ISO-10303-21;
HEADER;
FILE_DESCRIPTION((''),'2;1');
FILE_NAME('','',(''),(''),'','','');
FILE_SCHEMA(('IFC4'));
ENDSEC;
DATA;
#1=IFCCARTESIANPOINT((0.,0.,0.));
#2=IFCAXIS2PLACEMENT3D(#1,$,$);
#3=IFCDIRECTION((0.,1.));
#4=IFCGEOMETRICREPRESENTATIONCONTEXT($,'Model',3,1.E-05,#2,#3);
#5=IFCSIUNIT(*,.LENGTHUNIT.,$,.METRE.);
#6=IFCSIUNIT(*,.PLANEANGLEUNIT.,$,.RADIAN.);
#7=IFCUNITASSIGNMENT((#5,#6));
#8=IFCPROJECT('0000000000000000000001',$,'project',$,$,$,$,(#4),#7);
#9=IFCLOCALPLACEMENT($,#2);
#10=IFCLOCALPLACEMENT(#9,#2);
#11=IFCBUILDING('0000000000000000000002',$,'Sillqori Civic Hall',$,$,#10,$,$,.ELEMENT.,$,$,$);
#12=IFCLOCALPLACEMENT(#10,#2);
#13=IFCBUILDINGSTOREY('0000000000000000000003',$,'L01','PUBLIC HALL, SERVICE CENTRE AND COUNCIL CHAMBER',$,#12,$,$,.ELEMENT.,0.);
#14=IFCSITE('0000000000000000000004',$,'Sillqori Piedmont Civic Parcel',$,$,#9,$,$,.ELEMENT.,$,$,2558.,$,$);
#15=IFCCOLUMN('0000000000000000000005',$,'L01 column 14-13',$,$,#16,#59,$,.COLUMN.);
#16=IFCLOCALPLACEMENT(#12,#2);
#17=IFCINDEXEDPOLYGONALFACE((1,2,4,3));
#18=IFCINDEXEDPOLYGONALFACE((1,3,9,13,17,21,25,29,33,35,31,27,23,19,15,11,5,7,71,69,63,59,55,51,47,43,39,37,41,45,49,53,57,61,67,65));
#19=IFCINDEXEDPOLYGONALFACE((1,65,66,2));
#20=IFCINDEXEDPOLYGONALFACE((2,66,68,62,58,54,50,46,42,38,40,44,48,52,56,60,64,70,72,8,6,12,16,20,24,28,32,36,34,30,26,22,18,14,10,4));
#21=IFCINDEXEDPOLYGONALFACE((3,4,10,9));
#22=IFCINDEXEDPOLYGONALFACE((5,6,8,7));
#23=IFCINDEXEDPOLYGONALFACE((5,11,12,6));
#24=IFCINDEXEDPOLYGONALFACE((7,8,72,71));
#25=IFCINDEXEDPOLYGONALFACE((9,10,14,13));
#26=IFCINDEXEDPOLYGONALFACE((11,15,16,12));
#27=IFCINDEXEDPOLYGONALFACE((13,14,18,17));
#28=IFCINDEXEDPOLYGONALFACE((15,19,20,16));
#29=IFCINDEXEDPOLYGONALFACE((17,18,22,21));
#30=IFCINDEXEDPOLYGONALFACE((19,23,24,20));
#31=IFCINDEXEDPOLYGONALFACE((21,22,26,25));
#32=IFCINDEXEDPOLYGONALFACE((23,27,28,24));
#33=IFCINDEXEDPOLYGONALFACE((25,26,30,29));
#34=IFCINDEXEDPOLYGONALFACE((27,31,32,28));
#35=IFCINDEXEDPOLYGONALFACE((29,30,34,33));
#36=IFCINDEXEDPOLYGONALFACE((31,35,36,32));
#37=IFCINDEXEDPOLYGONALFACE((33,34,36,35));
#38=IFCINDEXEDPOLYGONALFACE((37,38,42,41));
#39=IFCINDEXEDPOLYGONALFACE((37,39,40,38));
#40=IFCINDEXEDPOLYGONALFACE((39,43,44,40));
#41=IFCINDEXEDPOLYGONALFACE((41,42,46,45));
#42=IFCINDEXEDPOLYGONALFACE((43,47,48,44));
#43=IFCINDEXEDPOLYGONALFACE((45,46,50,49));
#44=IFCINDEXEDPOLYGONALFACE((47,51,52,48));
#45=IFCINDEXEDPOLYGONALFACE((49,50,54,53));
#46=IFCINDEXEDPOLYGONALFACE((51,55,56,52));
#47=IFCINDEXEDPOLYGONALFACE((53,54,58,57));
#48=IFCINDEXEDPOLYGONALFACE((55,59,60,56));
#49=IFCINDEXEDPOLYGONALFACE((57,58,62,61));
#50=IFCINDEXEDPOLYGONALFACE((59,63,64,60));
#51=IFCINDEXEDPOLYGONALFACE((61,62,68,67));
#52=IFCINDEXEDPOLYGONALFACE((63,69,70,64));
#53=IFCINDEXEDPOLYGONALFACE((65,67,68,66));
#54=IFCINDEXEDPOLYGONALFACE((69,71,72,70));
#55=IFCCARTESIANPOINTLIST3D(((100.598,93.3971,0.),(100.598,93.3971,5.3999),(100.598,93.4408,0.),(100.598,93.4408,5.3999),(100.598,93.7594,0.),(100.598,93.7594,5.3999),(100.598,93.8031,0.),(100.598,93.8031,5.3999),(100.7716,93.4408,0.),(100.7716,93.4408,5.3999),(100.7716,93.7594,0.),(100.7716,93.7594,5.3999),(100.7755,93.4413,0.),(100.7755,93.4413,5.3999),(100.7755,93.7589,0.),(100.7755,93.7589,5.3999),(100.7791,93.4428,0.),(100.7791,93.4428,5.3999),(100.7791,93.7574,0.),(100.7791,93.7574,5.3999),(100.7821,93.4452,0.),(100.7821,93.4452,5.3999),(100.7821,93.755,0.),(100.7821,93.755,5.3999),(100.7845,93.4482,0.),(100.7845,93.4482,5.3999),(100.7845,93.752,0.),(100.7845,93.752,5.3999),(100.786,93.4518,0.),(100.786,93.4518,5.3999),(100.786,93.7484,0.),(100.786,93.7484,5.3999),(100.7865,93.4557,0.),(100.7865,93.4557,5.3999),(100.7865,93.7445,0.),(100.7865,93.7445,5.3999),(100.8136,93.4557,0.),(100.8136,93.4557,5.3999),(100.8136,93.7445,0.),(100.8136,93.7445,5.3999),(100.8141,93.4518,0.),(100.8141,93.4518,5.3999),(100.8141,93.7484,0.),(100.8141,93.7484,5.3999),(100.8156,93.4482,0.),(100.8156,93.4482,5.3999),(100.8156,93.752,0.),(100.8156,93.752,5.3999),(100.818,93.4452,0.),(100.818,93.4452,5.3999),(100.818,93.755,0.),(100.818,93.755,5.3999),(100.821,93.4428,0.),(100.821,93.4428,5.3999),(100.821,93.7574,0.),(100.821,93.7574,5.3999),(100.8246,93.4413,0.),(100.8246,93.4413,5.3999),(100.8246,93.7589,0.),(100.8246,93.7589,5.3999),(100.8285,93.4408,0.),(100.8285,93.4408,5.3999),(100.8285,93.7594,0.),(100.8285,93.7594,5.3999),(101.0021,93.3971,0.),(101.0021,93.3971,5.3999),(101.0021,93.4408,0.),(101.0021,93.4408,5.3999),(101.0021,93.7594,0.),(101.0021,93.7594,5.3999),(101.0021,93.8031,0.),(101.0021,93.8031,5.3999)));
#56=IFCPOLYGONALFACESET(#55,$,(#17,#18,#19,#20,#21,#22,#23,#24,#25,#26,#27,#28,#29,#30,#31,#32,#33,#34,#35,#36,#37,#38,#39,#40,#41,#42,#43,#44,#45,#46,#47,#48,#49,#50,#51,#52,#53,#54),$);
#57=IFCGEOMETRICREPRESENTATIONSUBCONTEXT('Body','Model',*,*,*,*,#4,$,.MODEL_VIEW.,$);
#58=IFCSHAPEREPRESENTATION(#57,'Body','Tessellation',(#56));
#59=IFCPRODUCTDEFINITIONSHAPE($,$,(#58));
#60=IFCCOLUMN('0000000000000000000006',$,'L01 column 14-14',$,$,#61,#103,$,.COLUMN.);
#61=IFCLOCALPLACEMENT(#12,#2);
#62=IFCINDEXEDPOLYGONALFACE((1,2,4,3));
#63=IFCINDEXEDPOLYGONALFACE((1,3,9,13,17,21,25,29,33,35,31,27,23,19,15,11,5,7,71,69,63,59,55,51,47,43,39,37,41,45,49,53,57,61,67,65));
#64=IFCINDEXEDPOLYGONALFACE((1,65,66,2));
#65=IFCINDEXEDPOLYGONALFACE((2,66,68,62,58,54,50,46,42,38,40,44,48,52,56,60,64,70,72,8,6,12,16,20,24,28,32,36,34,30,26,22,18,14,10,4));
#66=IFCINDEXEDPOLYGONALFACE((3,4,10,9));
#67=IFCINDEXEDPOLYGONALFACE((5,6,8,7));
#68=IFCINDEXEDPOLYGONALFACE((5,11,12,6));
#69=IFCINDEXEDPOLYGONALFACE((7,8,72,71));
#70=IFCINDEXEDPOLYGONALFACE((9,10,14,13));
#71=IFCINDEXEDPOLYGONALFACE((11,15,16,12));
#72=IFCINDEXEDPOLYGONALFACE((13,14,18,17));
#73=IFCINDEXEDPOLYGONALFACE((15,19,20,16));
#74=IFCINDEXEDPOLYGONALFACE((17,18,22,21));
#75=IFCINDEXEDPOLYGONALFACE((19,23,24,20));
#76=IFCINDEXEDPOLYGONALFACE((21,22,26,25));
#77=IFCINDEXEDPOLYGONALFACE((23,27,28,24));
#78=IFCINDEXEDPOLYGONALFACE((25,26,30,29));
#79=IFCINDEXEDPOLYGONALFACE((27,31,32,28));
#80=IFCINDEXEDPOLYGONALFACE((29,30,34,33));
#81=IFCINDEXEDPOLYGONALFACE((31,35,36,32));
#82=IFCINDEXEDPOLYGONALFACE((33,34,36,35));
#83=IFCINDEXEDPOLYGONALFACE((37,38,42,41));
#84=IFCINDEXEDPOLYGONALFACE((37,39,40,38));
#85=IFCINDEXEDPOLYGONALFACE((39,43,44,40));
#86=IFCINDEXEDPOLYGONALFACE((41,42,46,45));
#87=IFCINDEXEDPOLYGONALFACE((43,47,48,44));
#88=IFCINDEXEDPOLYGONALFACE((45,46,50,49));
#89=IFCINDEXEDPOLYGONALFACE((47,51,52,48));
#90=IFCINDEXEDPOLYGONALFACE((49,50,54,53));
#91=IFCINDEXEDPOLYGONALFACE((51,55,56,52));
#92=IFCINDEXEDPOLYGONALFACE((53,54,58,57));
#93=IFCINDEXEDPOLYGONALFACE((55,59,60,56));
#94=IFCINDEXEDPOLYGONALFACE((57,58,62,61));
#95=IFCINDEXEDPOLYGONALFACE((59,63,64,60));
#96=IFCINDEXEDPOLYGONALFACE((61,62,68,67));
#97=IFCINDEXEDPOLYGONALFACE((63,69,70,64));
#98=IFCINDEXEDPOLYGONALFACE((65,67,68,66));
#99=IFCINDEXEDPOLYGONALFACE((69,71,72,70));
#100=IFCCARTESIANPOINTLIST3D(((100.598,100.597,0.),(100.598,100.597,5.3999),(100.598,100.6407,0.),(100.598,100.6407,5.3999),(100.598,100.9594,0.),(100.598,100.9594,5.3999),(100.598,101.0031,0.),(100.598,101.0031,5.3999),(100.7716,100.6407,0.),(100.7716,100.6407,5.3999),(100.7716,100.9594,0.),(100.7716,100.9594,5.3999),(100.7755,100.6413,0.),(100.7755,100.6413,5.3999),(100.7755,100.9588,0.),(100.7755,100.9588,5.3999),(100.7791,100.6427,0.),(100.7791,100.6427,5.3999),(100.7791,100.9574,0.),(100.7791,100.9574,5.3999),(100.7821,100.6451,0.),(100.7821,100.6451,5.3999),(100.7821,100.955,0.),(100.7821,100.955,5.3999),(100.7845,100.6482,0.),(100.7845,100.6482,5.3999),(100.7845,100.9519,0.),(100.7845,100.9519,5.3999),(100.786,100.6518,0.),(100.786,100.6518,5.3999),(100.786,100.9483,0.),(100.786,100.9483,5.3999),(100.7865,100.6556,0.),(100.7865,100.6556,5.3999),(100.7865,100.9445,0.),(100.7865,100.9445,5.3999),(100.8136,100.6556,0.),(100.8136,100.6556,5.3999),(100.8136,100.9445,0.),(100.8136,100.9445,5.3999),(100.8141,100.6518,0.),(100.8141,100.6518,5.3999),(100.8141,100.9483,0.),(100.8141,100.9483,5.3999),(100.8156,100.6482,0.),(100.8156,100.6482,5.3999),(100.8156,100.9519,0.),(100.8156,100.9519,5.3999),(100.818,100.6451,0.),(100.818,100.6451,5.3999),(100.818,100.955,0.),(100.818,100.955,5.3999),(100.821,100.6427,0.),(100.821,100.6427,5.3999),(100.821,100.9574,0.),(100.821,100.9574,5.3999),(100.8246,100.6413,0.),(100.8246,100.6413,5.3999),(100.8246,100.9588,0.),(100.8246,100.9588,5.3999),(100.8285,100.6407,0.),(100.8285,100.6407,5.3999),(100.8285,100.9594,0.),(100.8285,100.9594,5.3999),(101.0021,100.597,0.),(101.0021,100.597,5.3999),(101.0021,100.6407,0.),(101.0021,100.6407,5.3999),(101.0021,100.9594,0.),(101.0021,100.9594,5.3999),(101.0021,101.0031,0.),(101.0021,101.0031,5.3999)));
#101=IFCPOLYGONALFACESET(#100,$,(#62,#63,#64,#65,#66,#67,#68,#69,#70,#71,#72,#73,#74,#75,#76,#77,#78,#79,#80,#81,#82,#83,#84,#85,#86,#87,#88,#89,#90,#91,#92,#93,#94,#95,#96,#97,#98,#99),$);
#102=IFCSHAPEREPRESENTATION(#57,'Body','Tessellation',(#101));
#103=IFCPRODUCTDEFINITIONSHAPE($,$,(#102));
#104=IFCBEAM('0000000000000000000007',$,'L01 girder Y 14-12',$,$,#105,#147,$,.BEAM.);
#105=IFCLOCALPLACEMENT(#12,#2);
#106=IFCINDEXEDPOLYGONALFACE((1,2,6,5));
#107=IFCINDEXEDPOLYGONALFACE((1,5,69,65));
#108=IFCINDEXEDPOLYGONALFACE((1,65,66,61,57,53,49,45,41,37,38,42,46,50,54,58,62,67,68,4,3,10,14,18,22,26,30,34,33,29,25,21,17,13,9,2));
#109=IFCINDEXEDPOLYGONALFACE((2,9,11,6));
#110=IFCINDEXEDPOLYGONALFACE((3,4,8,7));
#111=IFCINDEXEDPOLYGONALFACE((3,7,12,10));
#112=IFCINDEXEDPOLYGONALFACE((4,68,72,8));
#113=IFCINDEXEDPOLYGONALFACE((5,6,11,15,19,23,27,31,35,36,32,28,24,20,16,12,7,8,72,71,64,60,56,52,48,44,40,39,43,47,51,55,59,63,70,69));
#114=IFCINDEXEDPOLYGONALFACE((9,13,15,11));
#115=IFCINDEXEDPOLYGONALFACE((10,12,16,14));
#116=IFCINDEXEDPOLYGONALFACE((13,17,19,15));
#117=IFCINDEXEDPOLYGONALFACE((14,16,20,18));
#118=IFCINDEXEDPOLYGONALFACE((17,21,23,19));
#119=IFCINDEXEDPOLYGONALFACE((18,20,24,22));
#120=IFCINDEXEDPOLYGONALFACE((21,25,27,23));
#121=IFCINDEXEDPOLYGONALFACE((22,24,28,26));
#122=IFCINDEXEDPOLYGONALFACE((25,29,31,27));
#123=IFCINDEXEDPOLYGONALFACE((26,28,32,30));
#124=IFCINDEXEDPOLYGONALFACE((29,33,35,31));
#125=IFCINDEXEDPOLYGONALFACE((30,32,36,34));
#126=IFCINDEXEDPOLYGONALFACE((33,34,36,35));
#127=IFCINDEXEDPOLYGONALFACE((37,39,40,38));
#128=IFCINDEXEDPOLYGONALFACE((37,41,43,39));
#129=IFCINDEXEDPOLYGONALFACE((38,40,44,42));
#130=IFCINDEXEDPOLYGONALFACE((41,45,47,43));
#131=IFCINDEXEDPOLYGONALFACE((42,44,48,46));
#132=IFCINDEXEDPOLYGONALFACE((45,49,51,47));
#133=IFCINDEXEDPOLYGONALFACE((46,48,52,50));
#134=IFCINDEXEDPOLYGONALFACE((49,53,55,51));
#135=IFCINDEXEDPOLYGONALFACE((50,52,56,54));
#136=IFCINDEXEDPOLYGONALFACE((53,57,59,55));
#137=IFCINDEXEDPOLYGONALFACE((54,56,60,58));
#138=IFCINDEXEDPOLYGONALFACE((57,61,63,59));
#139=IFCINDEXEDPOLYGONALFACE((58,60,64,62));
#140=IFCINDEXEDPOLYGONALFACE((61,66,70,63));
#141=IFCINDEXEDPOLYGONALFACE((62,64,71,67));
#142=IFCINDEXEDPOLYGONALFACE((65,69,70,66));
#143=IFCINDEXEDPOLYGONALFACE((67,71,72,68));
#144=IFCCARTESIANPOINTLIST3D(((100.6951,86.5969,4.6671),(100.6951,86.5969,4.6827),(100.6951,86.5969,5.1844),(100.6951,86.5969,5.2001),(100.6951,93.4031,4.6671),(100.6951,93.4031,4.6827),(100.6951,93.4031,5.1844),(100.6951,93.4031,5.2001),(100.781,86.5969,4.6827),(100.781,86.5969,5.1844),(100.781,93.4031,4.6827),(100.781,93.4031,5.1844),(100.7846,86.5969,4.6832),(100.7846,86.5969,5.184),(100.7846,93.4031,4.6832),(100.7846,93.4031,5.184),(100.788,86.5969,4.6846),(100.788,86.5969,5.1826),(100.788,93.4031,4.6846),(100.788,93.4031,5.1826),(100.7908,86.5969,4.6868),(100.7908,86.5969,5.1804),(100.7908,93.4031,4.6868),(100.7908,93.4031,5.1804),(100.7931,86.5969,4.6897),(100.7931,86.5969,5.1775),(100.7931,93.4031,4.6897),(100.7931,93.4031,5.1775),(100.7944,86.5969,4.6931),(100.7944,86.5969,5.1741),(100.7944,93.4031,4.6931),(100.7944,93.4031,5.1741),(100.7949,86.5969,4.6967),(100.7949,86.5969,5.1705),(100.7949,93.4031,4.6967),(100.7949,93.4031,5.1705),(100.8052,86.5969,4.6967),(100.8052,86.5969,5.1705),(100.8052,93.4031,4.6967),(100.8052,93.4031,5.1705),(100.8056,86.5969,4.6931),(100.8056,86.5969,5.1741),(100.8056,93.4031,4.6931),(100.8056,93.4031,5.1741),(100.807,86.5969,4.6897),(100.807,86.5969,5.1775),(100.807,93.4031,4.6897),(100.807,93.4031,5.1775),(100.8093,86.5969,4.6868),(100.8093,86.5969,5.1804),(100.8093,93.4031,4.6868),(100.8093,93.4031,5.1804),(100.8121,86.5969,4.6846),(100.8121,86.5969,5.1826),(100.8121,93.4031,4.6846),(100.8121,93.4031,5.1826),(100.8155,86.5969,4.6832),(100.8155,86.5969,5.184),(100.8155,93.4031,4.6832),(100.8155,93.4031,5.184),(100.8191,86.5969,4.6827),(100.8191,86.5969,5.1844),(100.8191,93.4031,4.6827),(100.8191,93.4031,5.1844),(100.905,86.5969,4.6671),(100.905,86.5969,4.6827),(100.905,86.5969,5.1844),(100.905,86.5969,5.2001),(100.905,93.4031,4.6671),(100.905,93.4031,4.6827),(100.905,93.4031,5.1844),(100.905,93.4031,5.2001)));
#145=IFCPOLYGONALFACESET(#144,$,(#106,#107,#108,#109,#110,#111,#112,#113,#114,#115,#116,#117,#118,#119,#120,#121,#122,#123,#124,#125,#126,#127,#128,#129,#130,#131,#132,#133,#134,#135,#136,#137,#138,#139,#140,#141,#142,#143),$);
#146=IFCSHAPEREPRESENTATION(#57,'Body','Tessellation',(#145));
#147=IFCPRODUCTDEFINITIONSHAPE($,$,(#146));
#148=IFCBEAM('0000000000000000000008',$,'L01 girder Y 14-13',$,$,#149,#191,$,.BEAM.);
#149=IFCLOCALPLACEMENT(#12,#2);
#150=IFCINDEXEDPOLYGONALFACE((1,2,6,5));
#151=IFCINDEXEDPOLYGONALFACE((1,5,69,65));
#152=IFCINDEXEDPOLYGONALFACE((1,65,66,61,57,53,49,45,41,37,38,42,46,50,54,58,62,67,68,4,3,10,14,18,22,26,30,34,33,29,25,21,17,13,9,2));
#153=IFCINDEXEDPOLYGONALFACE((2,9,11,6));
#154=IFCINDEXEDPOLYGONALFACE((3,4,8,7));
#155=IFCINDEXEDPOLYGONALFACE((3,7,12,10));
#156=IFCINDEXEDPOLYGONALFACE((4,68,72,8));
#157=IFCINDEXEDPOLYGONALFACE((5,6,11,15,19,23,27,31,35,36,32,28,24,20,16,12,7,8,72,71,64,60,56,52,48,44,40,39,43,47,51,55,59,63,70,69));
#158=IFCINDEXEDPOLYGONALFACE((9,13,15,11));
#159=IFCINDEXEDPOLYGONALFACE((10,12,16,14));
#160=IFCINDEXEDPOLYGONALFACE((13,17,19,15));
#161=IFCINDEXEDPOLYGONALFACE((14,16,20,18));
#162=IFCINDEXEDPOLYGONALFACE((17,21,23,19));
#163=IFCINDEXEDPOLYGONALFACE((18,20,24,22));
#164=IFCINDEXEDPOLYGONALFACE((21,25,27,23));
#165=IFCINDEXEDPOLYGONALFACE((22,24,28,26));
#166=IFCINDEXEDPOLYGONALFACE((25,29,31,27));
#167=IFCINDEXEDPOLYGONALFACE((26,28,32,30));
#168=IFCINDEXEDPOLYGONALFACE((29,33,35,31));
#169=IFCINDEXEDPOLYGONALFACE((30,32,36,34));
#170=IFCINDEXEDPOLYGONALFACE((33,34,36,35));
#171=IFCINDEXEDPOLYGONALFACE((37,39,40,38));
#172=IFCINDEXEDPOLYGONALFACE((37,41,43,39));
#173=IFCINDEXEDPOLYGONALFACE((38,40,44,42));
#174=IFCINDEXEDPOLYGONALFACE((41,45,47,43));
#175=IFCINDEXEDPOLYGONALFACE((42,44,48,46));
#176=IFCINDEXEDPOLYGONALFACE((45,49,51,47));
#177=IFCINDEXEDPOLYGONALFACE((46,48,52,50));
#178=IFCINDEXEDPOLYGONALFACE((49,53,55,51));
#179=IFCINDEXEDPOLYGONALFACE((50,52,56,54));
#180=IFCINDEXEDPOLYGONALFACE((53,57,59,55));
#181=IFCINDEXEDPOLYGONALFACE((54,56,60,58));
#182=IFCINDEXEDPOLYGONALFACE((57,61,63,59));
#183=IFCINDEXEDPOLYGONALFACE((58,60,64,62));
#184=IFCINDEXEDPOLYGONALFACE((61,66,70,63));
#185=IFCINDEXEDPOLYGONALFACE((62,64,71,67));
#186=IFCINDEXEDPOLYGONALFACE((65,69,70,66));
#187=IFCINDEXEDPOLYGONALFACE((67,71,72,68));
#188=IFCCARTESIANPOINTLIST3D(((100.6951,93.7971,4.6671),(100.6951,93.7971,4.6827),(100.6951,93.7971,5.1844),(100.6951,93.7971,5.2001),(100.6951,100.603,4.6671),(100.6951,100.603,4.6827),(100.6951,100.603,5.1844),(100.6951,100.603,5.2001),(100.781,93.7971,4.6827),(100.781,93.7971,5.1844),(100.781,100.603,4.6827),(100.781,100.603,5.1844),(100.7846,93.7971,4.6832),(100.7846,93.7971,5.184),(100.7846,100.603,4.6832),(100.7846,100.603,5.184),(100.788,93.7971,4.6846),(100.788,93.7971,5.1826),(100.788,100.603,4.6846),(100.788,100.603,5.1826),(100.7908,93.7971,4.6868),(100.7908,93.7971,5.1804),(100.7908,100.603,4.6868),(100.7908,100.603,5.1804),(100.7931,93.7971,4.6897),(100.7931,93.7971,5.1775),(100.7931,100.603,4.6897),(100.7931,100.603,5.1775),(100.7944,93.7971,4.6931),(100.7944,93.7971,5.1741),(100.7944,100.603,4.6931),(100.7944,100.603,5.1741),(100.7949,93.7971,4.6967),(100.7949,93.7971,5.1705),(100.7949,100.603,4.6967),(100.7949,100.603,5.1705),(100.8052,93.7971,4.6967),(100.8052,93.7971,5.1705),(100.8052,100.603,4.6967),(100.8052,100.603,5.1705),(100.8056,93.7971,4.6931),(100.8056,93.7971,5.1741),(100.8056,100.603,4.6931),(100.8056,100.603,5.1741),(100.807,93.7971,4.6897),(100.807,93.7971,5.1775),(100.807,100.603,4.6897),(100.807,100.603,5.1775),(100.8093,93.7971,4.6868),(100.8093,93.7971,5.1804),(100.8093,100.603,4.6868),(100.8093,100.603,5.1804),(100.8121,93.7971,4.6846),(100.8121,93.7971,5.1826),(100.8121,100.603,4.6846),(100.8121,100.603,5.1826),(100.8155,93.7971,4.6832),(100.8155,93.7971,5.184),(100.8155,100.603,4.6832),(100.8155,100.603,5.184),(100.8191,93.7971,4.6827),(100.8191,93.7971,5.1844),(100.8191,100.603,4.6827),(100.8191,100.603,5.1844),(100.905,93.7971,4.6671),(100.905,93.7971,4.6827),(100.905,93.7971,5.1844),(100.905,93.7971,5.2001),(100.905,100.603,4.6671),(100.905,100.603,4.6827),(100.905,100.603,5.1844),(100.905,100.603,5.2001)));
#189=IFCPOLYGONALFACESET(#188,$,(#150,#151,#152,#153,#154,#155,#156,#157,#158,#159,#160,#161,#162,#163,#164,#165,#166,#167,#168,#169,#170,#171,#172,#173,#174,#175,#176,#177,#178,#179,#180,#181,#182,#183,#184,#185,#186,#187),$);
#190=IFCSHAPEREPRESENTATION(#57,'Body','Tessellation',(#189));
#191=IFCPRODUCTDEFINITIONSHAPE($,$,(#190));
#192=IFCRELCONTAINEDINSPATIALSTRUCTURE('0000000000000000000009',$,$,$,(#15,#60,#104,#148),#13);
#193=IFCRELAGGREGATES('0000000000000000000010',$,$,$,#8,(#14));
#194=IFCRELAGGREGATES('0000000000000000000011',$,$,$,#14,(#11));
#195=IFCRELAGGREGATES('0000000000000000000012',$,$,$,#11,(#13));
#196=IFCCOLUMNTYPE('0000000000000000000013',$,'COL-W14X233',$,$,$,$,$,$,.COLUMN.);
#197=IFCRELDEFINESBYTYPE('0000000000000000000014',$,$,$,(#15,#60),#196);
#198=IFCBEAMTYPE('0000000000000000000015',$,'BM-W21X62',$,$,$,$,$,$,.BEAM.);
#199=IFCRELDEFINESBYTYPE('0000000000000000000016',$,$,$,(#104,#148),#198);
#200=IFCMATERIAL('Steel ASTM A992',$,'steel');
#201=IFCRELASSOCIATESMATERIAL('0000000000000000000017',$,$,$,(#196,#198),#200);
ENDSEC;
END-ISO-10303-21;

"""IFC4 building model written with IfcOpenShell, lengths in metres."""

from ifc_helpers import new_model, si_unit, direction, frame, origin, origin_2d, place, context, subcontext, project, spatial, i_section, extrude, material, material_profile, profile_set, type_object, element, save


model = new_model("IFC4")

# Units and contexts
model_context = context("Model", 3, precision=1e-05, world=origin(), true_north=direction((0.0, 1.0)))
body_context = subcontext(model_context, "Body", "Model", "MODEL_VIEW")
ifc_project = project(units=[si_unit("LENGTHUNIT", "METRE"), si_unit("PLANEANGLEUNIT", "RADIAN")], contexts=[model_context])

# Site, building, storey
site_placement = place(None, origin())
site = spatial("IfcSite", under=ifc_project, at=site_placement, Name="Sillqori Piedmont Civic Parcel", CompositionType="ELEMENT", RefElevation=2558.0)
building_placement = place(site_placement, origin())
building = spatial("IfcBuilding", under=site, at=building_placement, Name="Sillqori Civic Hall", CompositionType="ELEMENT")
storey_placement = place(building_placement, origin())
storey = spatial("IfcBuildingStorey", under=building, at=storey_placement, Name="L01", Description="PUBLIC HALL, SERVICE CENTRE AND COUNCIL CHAMBER", CompositionType="ELEMENT", Elevation=0.0)

# Columns
ifc_material_1 = material(Name="Steel ASTM A992", Category="steel")
ifc_material_profile_1 = material_profile(ifc_material_1, i_section(OverallWidth=0.4041, OverallDepth=0.406, WebThickness=0.0271, FlangeThickness=0.0437, FilletRadius=0.0149, at=origin_2d()), Name="W14X233")
ifc_profile_set_1 = profile_set([ifc_material_profile_1], Name="Steel ASTM A992")
column_type = type_object("IfcColumnType", Name="COL-W14X233", PredefinedType="COLUMN", material=ifc_profile_set_1)
for number, where, z_axis, x_axis, name in (
    (1, (100.8, 93.6001, 0.0), (0.0, 0.0, 1.0), (1.0, 0.0, 0.0), "L01 column 14-13"),
    (2, (100.8, 100.8, 0.0), (0.0, 0.0, 1.0), (1.0, 0.0, 0.0), "L01 column 14-14"),
):
    element("IfcColumn", number, at=place(storey_placement, frame(where, z_axis=z_axis, x_axis=x_axis)), inside=storey, type_object=column_type, Name=name, PredefinedType="COLUMN", context=body_context, shape_type="SweptSolid", body=[
        extrude(i_section(OverallWidth=0.4041, OverallDepth=0.406, WebThickness=0.0271, FlangeThickness=0.0437, FilletRadius=0.0149, at=origin_2d()), origin(), (0.0, 0.0, 1.0), 5.3999),
    ])

# Beams
ifc_material_profile_2 = material_profile(ifc_material_1, i_section(OverallWidth=0.21, OverallDepth=0.533, WebThickness=0.0103, FlangeThickness=0.0156, FilletRadius=0.0139, at=origin_2d()), Name="W21X62")
ifc_profile_set_2 = profile_set([ifc_material_profile_2], Name="Steel ASTM A992")
beam_type_1 = type_object("IfcBeamType", Name="BM-W21X62", PredefinedType="BEAM", material=ifc_profile_set_2)
beam_1_placement = place(storey_placement, frame((100.8, 86.5969, 4.9336), z_axis=(0.0, 1.0, 0.0), x_axis=(-1.0, 0.0, 0.0)))
element("IfcBeam", 3, at=beam_1_placement, inside=storey, type_object=beam_type_1, Name="L01 girder Y 14-12", PredefinedType="BEAM", context=body_context, shape_type="SweptSolid", body=[
    extrude(i_section(OverallWidth=0.21, OverallDepth=0.533, WebThickness=0.0103, FlangeThickness=0.0156, FilletRadius=0.0139, at=origin_2d()), origin(), (0.0, 0.0, 1.0), 6.8062),
])
beam_2_placement = place(storey_placement, frame((100.8, 93.7971, 4.9336), z_axis=(0.0, 1.0, 0.0), x_axis=(-1.0, 0.0, 0.0)))
element("IfcBeam", 4, at=beam_2_placement, inside=storey, type_object=beam_type_1, Name="L01 girder Y 14-13", PredefinedType="BEAM", context=body_context, shape_type="SweptSolid", body=[
    extrude(i_section(OverallWidth=0.21, OverallDepth=0.533, WebThickness=0.0103, FlangeThickness=0.0156, FilletRadius=0.0139, at=origin_2d()), origin(), (0.0, 0.0, 1.0), 6.8059),
])

save(model, "model.ifc")
